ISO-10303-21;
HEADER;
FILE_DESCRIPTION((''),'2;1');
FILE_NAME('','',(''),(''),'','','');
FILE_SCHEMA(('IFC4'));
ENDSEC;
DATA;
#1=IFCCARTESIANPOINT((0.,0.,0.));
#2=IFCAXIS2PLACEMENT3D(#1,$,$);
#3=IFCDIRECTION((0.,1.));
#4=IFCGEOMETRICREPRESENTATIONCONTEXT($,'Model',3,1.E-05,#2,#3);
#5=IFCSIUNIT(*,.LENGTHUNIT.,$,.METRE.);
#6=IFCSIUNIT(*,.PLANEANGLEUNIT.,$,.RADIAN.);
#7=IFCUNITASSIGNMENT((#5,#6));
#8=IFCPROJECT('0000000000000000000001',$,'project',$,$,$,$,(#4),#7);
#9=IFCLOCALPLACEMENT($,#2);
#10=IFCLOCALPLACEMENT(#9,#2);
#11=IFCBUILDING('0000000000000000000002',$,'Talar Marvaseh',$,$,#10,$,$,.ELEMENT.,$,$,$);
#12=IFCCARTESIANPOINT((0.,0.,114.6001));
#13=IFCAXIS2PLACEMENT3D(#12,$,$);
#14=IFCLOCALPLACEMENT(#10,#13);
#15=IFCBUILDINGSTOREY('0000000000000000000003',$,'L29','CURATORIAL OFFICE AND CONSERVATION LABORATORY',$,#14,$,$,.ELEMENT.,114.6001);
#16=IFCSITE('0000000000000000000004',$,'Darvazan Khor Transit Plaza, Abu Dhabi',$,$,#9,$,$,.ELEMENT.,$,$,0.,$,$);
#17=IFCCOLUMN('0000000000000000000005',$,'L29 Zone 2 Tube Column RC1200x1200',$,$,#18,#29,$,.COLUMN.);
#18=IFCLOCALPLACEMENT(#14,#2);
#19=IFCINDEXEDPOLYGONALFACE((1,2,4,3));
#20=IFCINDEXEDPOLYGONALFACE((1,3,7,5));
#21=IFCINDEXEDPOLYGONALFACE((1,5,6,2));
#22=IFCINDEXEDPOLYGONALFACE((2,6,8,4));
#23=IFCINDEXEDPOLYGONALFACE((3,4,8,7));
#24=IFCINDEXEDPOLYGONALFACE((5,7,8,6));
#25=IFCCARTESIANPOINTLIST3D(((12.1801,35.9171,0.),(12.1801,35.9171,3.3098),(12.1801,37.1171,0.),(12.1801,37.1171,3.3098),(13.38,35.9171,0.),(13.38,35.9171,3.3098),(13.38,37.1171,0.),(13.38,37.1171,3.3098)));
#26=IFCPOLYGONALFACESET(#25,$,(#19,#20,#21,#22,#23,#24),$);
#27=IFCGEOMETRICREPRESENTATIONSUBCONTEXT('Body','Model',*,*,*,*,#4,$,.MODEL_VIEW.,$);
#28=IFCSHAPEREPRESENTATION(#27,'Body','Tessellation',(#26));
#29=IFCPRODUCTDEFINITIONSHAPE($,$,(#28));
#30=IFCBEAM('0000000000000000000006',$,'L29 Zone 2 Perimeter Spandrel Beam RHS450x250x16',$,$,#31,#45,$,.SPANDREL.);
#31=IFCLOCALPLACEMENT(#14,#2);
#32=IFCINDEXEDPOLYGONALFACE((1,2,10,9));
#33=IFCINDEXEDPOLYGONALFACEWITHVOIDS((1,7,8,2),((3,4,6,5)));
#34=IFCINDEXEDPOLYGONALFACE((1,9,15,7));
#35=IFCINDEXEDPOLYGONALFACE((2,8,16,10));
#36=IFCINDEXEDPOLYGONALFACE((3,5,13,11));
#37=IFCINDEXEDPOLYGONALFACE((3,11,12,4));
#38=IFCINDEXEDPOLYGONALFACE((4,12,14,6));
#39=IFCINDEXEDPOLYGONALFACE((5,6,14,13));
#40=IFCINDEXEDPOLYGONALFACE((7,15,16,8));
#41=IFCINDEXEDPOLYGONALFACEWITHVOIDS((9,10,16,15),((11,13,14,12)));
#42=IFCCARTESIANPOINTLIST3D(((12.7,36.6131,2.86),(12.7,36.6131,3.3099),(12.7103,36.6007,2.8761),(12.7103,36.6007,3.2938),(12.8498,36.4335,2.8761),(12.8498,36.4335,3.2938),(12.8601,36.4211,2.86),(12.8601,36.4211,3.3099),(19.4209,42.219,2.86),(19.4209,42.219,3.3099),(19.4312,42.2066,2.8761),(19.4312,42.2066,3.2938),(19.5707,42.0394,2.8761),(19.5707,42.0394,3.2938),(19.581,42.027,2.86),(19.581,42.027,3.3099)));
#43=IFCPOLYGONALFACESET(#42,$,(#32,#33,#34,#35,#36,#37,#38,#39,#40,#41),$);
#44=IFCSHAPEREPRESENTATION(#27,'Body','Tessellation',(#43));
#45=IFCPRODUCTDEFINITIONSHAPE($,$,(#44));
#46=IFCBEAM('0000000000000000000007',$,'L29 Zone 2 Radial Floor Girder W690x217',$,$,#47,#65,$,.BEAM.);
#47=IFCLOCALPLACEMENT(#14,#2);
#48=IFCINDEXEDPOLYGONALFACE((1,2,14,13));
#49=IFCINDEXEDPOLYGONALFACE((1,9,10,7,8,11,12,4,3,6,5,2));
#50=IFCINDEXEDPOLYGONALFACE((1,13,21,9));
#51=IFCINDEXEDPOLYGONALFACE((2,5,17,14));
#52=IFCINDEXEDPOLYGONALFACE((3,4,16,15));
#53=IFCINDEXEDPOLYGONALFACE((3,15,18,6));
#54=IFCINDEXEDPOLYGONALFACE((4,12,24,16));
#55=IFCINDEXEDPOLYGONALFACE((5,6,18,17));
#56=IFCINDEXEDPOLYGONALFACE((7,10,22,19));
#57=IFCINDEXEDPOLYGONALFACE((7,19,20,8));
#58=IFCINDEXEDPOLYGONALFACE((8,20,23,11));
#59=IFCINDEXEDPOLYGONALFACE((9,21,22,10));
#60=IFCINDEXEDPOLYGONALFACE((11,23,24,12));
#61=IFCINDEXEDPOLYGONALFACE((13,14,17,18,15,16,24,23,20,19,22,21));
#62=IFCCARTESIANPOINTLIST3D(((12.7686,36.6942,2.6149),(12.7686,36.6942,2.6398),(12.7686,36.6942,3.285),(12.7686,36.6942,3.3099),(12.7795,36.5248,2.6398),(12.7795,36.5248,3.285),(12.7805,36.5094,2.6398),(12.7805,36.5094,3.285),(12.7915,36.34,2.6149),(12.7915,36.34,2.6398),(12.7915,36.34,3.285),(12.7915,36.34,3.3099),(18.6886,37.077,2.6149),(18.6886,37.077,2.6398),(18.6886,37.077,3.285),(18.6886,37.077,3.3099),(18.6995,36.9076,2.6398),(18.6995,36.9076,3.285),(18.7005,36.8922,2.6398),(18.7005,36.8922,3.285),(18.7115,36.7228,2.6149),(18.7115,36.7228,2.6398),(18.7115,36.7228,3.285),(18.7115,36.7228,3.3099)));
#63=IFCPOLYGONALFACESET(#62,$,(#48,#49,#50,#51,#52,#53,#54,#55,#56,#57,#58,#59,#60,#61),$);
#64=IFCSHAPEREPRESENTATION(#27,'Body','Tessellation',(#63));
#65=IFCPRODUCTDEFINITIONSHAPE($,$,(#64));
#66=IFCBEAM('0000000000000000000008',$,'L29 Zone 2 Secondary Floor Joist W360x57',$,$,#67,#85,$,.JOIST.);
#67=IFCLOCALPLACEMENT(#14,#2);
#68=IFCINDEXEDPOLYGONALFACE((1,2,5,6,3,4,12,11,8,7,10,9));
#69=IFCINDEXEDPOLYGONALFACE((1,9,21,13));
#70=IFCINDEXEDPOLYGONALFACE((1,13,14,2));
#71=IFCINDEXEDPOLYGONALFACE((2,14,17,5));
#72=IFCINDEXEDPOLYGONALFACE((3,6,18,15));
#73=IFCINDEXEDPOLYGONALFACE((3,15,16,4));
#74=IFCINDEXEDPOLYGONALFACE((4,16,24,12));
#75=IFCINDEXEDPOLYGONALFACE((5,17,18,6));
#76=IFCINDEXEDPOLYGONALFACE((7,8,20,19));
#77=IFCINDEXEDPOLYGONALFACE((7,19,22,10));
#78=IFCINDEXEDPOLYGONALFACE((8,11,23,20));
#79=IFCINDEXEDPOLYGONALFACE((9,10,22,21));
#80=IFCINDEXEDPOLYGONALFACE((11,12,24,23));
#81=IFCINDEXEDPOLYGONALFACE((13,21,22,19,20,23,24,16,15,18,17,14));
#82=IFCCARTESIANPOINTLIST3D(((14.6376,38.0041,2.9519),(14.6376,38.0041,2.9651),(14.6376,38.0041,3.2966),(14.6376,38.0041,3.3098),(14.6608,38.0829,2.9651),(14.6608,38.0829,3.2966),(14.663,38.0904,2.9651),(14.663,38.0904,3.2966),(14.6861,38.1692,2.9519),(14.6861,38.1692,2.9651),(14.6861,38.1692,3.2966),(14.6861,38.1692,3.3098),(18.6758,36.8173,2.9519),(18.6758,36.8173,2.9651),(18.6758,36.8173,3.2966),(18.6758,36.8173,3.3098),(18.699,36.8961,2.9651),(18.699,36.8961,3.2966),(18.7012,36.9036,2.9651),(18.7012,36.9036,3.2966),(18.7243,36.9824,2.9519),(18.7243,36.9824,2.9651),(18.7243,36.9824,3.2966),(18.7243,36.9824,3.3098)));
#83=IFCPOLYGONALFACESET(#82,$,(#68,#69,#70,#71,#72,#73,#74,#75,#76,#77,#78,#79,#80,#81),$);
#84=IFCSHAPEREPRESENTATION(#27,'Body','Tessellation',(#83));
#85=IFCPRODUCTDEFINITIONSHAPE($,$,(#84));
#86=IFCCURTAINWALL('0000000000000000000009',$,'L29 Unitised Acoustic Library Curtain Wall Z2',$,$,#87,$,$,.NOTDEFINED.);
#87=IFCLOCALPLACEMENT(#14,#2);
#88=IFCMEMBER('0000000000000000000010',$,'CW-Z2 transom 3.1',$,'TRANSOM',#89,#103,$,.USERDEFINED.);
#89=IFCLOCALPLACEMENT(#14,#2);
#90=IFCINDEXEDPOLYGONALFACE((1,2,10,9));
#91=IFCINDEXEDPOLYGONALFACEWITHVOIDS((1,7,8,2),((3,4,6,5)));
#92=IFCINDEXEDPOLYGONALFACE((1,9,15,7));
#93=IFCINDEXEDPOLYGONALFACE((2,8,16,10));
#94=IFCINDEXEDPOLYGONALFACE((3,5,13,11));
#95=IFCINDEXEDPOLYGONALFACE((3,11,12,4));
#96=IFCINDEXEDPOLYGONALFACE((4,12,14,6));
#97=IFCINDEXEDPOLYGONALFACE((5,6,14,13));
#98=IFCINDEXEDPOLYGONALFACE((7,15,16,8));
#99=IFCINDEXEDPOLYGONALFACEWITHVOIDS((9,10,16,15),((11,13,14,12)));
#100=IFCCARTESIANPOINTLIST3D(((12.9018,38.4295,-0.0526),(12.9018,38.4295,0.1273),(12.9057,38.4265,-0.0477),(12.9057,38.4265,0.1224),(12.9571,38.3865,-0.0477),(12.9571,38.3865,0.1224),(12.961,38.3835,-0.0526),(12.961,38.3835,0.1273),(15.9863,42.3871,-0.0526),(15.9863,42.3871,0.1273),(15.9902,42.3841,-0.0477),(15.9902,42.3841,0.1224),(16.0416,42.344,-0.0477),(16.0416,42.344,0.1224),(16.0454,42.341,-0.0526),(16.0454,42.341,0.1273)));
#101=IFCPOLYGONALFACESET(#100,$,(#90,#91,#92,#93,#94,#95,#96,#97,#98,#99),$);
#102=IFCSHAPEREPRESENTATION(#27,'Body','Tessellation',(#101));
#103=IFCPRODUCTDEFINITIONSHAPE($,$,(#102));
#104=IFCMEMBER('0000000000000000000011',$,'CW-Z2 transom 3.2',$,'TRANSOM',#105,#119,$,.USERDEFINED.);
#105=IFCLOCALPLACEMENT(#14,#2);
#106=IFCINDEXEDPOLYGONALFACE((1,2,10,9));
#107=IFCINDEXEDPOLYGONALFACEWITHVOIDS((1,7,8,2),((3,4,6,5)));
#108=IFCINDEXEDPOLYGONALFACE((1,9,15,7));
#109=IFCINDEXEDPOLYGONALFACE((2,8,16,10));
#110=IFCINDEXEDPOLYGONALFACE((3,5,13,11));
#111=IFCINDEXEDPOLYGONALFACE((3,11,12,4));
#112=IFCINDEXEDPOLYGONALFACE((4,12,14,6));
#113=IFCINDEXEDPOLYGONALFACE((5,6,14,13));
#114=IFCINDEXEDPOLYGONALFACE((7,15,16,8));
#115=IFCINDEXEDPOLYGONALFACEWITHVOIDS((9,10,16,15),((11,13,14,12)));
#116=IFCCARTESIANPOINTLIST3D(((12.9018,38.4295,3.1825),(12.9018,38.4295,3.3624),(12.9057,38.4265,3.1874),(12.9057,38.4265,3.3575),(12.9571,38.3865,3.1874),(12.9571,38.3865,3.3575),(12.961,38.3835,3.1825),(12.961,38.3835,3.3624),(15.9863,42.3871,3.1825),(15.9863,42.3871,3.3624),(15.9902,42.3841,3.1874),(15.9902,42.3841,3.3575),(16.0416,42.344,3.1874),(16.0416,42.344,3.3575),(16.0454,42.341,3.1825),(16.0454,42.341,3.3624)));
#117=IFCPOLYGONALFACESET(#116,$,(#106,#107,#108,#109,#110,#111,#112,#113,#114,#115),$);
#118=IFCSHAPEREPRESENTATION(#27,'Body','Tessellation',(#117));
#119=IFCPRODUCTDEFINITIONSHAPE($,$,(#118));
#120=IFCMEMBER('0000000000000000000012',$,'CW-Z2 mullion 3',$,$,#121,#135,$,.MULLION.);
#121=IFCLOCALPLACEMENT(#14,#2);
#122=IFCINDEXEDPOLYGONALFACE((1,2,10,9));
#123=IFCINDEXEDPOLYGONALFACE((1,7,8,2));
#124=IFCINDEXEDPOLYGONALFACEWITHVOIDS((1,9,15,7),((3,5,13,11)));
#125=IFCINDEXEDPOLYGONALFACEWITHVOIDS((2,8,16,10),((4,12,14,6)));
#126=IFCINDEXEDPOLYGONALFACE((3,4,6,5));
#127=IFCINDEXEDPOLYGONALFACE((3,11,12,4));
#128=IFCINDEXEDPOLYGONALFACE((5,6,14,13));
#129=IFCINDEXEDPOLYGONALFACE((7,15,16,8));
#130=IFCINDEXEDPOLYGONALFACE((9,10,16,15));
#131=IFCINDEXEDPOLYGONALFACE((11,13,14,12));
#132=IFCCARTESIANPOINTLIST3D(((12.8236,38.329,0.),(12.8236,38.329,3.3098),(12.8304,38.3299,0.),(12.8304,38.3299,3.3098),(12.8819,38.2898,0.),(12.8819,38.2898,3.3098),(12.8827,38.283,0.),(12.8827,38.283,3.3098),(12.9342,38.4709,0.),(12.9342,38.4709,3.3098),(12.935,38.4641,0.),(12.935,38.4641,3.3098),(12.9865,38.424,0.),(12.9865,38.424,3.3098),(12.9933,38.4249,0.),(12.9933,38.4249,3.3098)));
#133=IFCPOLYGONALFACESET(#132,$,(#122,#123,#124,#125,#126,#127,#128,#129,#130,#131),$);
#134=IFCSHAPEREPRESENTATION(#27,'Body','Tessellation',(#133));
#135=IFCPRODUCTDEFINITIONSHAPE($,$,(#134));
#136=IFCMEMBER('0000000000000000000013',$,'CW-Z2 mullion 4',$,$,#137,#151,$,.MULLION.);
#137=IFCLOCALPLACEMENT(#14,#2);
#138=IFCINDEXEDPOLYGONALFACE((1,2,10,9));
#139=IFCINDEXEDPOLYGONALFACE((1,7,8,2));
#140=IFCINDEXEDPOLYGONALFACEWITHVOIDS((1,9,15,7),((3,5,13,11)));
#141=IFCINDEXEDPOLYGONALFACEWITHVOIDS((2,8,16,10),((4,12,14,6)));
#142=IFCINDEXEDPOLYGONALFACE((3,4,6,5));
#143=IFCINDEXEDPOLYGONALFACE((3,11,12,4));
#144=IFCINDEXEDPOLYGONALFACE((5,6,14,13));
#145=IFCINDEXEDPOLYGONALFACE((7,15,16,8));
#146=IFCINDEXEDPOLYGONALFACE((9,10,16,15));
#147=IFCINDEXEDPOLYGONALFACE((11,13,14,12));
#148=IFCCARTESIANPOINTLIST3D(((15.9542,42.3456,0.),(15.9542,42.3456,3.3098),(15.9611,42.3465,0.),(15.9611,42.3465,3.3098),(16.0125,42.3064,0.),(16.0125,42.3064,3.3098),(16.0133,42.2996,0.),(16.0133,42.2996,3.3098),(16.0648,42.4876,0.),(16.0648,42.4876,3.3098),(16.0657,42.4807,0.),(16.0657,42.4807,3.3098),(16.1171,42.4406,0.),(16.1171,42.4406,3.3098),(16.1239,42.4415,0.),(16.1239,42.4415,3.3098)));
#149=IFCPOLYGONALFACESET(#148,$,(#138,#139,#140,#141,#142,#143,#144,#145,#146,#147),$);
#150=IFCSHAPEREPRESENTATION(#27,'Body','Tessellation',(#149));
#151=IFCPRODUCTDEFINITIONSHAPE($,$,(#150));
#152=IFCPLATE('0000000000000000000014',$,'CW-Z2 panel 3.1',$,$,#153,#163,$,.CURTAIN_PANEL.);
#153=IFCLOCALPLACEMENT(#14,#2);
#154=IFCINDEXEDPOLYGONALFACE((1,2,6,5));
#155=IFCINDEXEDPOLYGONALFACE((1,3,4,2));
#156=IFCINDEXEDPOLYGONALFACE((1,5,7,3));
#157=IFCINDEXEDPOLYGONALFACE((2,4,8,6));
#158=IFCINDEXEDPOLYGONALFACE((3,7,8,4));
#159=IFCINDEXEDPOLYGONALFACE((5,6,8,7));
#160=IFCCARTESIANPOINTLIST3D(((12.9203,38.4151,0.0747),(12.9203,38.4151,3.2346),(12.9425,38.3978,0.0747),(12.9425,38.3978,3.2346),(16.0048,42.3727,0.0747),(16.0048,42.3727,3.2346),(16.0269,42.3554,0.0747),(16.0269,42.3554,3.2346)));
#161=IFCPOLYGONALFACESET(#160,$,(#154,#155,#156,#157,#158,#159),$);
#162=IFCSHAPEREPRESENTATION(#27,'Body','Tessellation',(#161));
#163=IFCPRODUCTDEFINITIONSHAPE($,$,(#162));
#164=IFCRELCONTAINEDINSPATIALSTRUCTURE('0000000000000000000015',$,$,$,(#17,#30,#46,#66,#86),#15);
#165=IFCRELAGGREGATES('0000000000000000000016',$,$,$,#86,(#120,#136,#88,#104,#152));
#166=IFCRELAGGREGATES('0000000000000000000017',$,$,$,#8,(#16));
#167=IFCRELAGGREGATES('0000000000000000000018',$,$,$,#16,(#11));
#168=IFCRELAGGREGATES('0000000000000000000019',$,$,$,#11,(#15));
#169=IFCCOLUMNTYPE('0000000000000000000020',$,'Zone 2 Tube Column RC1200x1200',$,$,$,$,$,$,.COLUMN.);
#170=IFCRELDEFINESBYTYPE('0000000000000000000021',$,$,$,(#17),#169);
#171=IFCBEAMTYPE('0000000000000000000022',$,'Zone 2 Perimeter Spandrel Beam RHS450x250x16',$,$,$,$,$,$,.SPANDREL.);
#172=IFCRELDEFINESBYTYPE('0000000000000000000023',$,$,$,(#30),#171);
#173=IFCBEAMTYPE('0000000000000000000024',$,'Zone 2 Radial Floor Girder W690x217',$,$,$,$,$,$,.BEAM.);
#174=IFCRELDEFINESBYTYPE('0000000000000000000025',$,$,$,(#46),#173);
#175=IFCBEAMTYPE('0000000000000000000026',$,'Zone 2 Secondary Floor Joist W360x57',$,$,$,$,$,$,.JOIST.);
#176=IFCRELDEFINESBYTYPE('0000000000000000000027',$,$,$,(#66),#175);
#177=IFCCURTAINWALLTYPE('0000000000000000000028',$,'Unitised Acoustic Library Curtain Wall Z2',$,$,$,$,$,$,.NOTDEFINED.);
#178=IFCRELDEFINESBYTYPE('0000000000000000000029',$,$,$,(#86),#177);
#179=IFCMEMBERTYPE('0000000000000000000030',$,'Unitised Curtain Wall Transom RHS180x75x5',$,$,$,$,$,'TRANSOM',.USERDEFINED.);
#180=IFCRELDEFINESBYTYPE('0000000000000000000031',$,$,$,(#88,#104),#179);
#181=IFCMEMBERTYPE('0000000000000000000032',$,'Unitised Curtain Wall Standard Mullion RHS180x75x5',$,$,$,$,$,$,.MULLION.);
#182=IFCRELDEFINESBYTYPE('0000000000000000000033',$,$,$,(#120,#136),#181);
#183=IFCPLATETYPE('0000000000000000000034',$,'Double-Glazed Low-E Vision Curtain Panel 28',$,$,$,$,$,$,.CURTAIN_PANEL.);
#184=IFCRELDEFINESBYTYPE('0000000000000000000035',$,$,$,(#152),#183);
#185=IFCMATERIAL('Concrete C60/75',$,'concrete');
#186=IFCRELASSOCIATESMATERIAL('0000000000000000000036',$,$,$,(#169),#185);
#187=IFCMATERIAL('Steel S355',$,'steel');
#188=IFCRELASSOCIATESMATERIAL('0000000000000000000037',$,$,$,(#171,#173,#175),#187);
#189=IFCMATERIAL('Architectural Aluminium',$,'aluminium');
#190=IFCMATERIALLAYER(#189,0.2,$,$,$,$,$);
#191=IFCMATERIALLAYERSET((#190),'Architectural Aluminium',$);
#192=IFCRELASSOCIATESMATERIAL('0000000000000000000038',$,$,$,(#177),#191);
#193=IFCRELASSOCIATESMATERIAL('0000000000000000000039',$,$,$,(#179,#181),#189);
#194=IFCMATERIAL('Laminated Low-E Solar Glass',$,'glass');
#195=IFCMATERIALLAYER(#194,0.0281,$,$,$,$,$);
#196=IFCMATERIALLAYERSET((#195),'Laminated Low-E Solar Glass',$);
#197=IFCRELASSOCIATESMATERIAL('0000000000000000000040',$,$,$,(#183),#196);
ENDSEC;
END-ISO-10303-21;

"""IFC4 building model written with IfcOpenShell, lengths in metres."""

from ifc_helpers import new_model, si_unit, direction, frame, origin, origin_2d, place, context, subcontext, project, spatial, rectangle, hollow_rectangle, i_section, extrude, source, transform, mapped, material, layer, layer_set, material_profile, profile_set, type_object, type_shapes, element, aggregate, save


model = new_model("IFC4")

# Units and contexts
model_context = context("Model", 3, precision=1e-05, world=origin(), true_north=direction((0.0, 1.0)))
body_context = subcontext(model_context, "Body", "Model", "MODEL_VIEW")
ifc_project = project(units=[si_unit("LENGTHUNIT", "METRE"), si_unit("PLANEANGLEUNIT", "RADIAN")], contexts=[model_context])

# Site, building, storey
site_placement = place(None, origin())
site = spatial("IfcSite", under=ifc_project, at=site_placement, Name="Darvazan Khor Transit Plaza, Abu Dhabi", CompositionType="ELEMENT", RefElevation=0.0)
building_placement = place(site_placement, origin())
building = spatial("IfcBuilding", under=site, at=building_placement, Name="Talar Marvaseh", CompositionType="ELEMENT")
storey_placement = place(building_placement, frame((0.0, 0.0, 114.6001)))
storey = spatial("IfcBuildingStorey", under=building, at=storey_placement, Name="L29", Description="CURATORIAL OFFICE AND CONSERVATION LABORATORY", CompositionType="ELEMENT", Elevation=114.6001)

# Column
ifc_material_1 = material(Name="Concrete C60/75", Category="concrete")
ifc_material_profile_1 = material_profile(ifc_material_1, rectangle(XDim=1.2, YDim=1.2, at=origin_2d()), Name="RC1200x1200")
ifc_profile_set_1 = profile_set([ifc_material_profile_1], Name="Concrete C60/75")
column_type = type_object("IfcColumnType", Name="Zone 2 Tube Column RC1200x1200", PredefinedType="COLUMN", material=ifc_profile_set_1)
column_placement = place(storey_placement, frame((12.78, 36.5171, 0.0), z_axis=(0.0, 0.0, 1.0), x_axis=(1.0, 0.0, 0.0)))
element("IfcColumn", 1, at=column_placement, inside=storey, type_object=column_type, Name="L29 Zone 2 Tube Column RC1200x1200", PredefinedType="COLUMN", context=body_context, shape_type="SweptSolid", body=[
    extrude(rectangle(XDim=1.2, YDim=1.2, at=origin_2d()), origin(), (0.0, 0.0, 1.0), 3.3098),
])

# Beams
ifc_material_2 = material(Name="Steel S355", Category="steel")
ifc_material_profile_2 = material_profile(ifc_material_2, hollow_rectangle(XDim=0.25, YDim=0.45, WallThickness=0.0161, at=origin_2d()), Name="RHS450x250x16")
ifc_profile_set_2 = profile_set([ifc_material_profile_2], Name="Steel S355")
beam_type_1 = type_object("IfcBeamType", Name="Zone 2 Perimeter Spandrel Beam RHS450x250x16", PredefinedType="SPANDREL", material=ifc_profile_set_2)
beam_1_placement = place(storey_placement, frame((12.78, 36.5171, 3.085), z_axis=(0.767931, 0.640533, 0.0), x_axis=(-0.640533, 0.767931, 0.0)))
element("IfcBeam", 2, at=beam_1_placement, inside=storey, type_object=beam_type_1, Name="L29 Zone 2 Perimeter Spandrel Beam RHS450x250x16", PredefinedType="SPANDREL", context=body_context, shape_type="SweptSolid", body=[
    extrude(hollow_rectangle(XDim=0.25, YDim=0.45, WallThickness=0.0161, at=origin_2d()), origin(), (0.0, 0.0, 1.0), 8.752),
])
ifc_material_profile_3 = material_profile(ifc_material_2, i_section(OverallWidth=0.355, OverallDepth=0.6951, WebThickness=0.0154, FlangeThickness=0.0249, at=origin_2d()), Name="W690x217")
ifc_profile_set_3 = profile_set([ifc_material_profile_3], Name="Steel S355")
beam_type_2 = type_object("IfcBeamType", Name="Zone 2 Radial Floor Girder W690x217", PredefinedType="BEAM", material=ifc_profile_set_3)
beam_2_placement = place(storey_placement, frame((12.78, 36.5171, 2.9624), z_axis=(0.997916, 0.06453, 0.0), x_axis=(-0.06453, 0.997916, 0.0)))
element("IfcBeam", 3, at=beam_2_placement, inside=storey, type_object=beam_type_2, Name="L29 Zone 2 Radial Floor Girder W690x217", PredefinedType="BEAM", context=body_context, shape_type="SweptSolid", body=[
    extrude(i_section(OverallWidth=0.355, OverallDepth=0.6951, WebThickness=0.0154, FlangeThickness=0.0249, at=origin_2d()), origin(), (0.0, 0.0, 1.0), 5.9324),
])
ifc_material_profile_4 = material_profile(ifc_material_2, i_section(OverallWidth=0.1721, OverallDepth=0.3579, WebThickness=0.0078, FlangeThickness=0.0132, at=origin_2d()), Name="W360x57")
ifc_profile_set_4 = profile_set([ifc_material_profile_4], Name="Steel S355")
beam_type_3 = type_object("IfcBeamType", Name="Zone 2 Secondary Floor Joist W360x57", PredefinedType="JOIST", material=ifc_profile_set_4)
beam_3_placement = place(storey_placement, frame((14.6619, 38.0867, 3.1309), z_axis=(0.959424, -0.281968, 0.0), x_axis=(0.281968, 0.959424, 0.0)))
element("IfcBeam", 4, at=beam_3_placement, inside=storey, type_object=beam_type_3, Name="L29 Zone 2 Secondary Floor Joist W360x57", PredefinedType="JOIST", context=body_context, shape_type="SweptSolid", body=[
    extrude(i_section(OverallWidth=0.1721, OverallDepth=0.3579, WebThickness=0.0078, FlangeThickness=0.0132, at=origin_2d()), origin(), (0.0, 0.0, 1.0), 4.209),
])

# Curtain wall, members, plate
ifc_material_3 = material(Name="Architectural Aluminium", Category="aluminium")
ifc_layer_1 = layer(ifc_material_3, 0.2)
ifc_layer_set_1 = layer_set([ifc_layer_1], Name="Architectural Aluminium")
curtain_wall_type = type_object("IfcCurtainWallType", Name="Unitised Acoustic Library Curtain Wall Z2", PredefinedType="NOTDEFINED", material=ifc_layer_set_1)
curtain_wall_placement = place(storey_placement, origin())
curtain_wall = element("IfcCurtainWall", 5, at=curtain_wall_placement, inside=storey, type_object=curtain_wall_type, Name="L29 Unitised Acoustic Library Curtain Wall Z2", PredefinedType="NOTDEFINED")
ifc_material_profile_5 = material_profile(ifc_material_3, hollow_rectangle(XDim=0.075, YDim=0.1799, WallThickness=0.0049, at=origin_2d()), Name="RHS180x75x5")
ifc_profile_set_5 = profile_set([ifc_material_profile_5], Name="Architectural Aluminium")
member_type_1 = type_object("IfcMemberType", Name="Unitised Curtain Wall Transom RHS180x75x5", ElementType="TRANSOM", PredefinedType="USERDEFINED", material=ifc_profile_set_5)
shared_shape_1 = source(origin(), body_context, "Body", "SweptSolid", [
    extrude(hollow_rectangle(XDim=0.075, YDim=0.1799, WallThickness=0.0049, at=origin_2d()), origin(), (0.0, 0.0, 1.0), 5.0176),
])
type_shapes(member_type_1, [shared_shape_1])
member_1_placement = place(storey_placement, frame((12.9314, 38.4065, 0.0374), z_axis=(0.614735, 0.788733, 0.0), x_axis=(-0.788733, 0.614735, 0.0)))
member_1 = element("IfcMember", 6, at=member_1_placement, type_object=member_type_1, Name="CW-Z2 transom 3.1", ObjectType="TRANSOM", PredefinedType="USERDEFINED", context=body_context, shape_type="MappedRepresentation", body=[
    mapped(shared_shape_1, transform((0.0, 0.0, 0.0), x_axis=(1.0, 0.0, 0.0), y_axis=(0.0, 1.0, 0.0), z_axis=(0.0, 0.0, 1.0), scale=1.0)),
])
member_2_placement = place(storey_placement, frame((12.9314, 38.4065, 3.2725), z_axis=(0.614735, 0.788733, 0.0), x_axis=(-0.788733, 0.614735, 0.0)))
member_2 = element("IfcMember", 7, at=member_2_placement, type_object=member_type_1, Name="CW-Z2 transom 3.2", ObjectType="TRANSOM", PredefinedType="USERDEFINED", context=body_context, shape_type="MappedRepresentation", body=[
    mapped(shared_shape_1, transform((0.0, 0.0, 0.0), x_axis=(1.0, 0.0, 0.0), y_axis=(0.0, 1.0, 0.0), z_axis=(0.0, 0.0, 1.0), scale=1.0)),
])
ifc_material_profile_6 = material_profile(ifc_material_3, hollow_rectangle(XDim=0.075, YDim=0.1799, WallThickness=0.0049, at=origin_2d()), Name="RHS180x75x5")
ifc_profile_set_6 = profile_set([ifc_material_profile_6], Name="Architectural Aluminium")
member_type_2 = type_object("IfcMemberType", Name="Unitised Curtain Wall Standard Mullion RHS180x75x5", PredefinedType="MULLION", material=ifc_profile_set_6)
shared_shape_2 = source(origin(), body_context, "Body", "SweptSolid", [
    extrude(hollow_rectangle(XDim=0.075, YDim=0.1799, WallThickness=0.0049, at=origin_2d()), origin(), (0.0, 0.0, 1.0), 3.3098),
])
type_shapes(member_type_2, [shared_shape_2])
member_3_placement = place(storey_placement, frame((12.9084, 38.377, 0.0), z_axis=(0.0, 0.0, 1.0), x_axis=(-0.788737, 0.61473, 0.0)))
member_3 = element("IfcMember", 8, at=member_3_placement, type_object=member_type_2, Name="CW-Z2 mullion 3", PredefinedType="MULLION", context=body_context, shape_type="MappedRepresentation", body=[
    mapped(shared_shape_2, transform((0.0, 0.0, 0.0), x_axis=(1.0, 0.0, 0.0), y_axis=(0.0, 1.0, 0.0), z_axis=(0.0, 0.0, 1.0), scale=1.0)),
])
member_4_placement = place(storey_placement, frame((16.0391, 42.3936, 0.0), z_axis=(0.0, 0.0, 1.0), x_axis=(-0.788737, 0.61473, 0.0)))
member_4 = element("IfcMember", 9, at=member_4_placement, type_object=member_type_2, Name="CW-Z2 mullion 4", PredefinedType="MULLION", context=body_context, shape_type="MappedRepresentation", body=[
    mapped(shared_shape_2, transform((0.0, 0.0, 0.0), x_axis=(1.0, 0.0, 0.0), y_axis=(0.0, 1.0, 0.0), z_axis=(0.0, 0.0, 1.0), scale=1.0)),
])
ifc_material_4 = material(Name="Laminated Low-E Solar Glass", Category="glass")
ifc_layer_2 = layer(ifc_material_4, 0.0281)
ifc_layer_set_2 = layer_set([ifc_layer_2], Name="Laminated Low-E Solar Glass")
plate_type = type_object("IfcPlateType", Name="Double-Glazed Low-E Vision Curtain Panel 28", PredefinedType="CURTAIN_PANEL", material=ifc_layer_set_2)
shared_shape_3 = source(origin(), body_context, "Body", "SweptSolid", [
    extrude(rectangle(XDim=5.0176, YDim=0.0281, at=origin_2d()), origin(), (0.0, 0.0, 1.0), 3.1599),
])
plate_1_placement = place(storey_placement, frame((14.4736, 40.3853, 0.0747), z_axis=(0.0, 0.0, 1.0), x_axis=(0.61473, 0.788737, 0.0)))
plate_1 = element("IfcPlate", 10, at=plate_1_placement, type_object=plate_type, Name="CW-Z2 panel 3.1", PredefinedType="CURTAIN_PANEL", context=body_context, shape_type="MappedRepresentation", body=[
    mapped(shared_shape_3, transform((0.0, 0.0, 0.0), x_axis=(1.0, 0.0, 0.0), y_axis=(0.0, 1.0, 0.0), z_axis=(0.0, 0.0, 1.0), scale=1.0)),
])
aggregate(curtain_wall, [member_3, member_4, member_1, member_2, plate_1])

save(model, "model.ifc")
